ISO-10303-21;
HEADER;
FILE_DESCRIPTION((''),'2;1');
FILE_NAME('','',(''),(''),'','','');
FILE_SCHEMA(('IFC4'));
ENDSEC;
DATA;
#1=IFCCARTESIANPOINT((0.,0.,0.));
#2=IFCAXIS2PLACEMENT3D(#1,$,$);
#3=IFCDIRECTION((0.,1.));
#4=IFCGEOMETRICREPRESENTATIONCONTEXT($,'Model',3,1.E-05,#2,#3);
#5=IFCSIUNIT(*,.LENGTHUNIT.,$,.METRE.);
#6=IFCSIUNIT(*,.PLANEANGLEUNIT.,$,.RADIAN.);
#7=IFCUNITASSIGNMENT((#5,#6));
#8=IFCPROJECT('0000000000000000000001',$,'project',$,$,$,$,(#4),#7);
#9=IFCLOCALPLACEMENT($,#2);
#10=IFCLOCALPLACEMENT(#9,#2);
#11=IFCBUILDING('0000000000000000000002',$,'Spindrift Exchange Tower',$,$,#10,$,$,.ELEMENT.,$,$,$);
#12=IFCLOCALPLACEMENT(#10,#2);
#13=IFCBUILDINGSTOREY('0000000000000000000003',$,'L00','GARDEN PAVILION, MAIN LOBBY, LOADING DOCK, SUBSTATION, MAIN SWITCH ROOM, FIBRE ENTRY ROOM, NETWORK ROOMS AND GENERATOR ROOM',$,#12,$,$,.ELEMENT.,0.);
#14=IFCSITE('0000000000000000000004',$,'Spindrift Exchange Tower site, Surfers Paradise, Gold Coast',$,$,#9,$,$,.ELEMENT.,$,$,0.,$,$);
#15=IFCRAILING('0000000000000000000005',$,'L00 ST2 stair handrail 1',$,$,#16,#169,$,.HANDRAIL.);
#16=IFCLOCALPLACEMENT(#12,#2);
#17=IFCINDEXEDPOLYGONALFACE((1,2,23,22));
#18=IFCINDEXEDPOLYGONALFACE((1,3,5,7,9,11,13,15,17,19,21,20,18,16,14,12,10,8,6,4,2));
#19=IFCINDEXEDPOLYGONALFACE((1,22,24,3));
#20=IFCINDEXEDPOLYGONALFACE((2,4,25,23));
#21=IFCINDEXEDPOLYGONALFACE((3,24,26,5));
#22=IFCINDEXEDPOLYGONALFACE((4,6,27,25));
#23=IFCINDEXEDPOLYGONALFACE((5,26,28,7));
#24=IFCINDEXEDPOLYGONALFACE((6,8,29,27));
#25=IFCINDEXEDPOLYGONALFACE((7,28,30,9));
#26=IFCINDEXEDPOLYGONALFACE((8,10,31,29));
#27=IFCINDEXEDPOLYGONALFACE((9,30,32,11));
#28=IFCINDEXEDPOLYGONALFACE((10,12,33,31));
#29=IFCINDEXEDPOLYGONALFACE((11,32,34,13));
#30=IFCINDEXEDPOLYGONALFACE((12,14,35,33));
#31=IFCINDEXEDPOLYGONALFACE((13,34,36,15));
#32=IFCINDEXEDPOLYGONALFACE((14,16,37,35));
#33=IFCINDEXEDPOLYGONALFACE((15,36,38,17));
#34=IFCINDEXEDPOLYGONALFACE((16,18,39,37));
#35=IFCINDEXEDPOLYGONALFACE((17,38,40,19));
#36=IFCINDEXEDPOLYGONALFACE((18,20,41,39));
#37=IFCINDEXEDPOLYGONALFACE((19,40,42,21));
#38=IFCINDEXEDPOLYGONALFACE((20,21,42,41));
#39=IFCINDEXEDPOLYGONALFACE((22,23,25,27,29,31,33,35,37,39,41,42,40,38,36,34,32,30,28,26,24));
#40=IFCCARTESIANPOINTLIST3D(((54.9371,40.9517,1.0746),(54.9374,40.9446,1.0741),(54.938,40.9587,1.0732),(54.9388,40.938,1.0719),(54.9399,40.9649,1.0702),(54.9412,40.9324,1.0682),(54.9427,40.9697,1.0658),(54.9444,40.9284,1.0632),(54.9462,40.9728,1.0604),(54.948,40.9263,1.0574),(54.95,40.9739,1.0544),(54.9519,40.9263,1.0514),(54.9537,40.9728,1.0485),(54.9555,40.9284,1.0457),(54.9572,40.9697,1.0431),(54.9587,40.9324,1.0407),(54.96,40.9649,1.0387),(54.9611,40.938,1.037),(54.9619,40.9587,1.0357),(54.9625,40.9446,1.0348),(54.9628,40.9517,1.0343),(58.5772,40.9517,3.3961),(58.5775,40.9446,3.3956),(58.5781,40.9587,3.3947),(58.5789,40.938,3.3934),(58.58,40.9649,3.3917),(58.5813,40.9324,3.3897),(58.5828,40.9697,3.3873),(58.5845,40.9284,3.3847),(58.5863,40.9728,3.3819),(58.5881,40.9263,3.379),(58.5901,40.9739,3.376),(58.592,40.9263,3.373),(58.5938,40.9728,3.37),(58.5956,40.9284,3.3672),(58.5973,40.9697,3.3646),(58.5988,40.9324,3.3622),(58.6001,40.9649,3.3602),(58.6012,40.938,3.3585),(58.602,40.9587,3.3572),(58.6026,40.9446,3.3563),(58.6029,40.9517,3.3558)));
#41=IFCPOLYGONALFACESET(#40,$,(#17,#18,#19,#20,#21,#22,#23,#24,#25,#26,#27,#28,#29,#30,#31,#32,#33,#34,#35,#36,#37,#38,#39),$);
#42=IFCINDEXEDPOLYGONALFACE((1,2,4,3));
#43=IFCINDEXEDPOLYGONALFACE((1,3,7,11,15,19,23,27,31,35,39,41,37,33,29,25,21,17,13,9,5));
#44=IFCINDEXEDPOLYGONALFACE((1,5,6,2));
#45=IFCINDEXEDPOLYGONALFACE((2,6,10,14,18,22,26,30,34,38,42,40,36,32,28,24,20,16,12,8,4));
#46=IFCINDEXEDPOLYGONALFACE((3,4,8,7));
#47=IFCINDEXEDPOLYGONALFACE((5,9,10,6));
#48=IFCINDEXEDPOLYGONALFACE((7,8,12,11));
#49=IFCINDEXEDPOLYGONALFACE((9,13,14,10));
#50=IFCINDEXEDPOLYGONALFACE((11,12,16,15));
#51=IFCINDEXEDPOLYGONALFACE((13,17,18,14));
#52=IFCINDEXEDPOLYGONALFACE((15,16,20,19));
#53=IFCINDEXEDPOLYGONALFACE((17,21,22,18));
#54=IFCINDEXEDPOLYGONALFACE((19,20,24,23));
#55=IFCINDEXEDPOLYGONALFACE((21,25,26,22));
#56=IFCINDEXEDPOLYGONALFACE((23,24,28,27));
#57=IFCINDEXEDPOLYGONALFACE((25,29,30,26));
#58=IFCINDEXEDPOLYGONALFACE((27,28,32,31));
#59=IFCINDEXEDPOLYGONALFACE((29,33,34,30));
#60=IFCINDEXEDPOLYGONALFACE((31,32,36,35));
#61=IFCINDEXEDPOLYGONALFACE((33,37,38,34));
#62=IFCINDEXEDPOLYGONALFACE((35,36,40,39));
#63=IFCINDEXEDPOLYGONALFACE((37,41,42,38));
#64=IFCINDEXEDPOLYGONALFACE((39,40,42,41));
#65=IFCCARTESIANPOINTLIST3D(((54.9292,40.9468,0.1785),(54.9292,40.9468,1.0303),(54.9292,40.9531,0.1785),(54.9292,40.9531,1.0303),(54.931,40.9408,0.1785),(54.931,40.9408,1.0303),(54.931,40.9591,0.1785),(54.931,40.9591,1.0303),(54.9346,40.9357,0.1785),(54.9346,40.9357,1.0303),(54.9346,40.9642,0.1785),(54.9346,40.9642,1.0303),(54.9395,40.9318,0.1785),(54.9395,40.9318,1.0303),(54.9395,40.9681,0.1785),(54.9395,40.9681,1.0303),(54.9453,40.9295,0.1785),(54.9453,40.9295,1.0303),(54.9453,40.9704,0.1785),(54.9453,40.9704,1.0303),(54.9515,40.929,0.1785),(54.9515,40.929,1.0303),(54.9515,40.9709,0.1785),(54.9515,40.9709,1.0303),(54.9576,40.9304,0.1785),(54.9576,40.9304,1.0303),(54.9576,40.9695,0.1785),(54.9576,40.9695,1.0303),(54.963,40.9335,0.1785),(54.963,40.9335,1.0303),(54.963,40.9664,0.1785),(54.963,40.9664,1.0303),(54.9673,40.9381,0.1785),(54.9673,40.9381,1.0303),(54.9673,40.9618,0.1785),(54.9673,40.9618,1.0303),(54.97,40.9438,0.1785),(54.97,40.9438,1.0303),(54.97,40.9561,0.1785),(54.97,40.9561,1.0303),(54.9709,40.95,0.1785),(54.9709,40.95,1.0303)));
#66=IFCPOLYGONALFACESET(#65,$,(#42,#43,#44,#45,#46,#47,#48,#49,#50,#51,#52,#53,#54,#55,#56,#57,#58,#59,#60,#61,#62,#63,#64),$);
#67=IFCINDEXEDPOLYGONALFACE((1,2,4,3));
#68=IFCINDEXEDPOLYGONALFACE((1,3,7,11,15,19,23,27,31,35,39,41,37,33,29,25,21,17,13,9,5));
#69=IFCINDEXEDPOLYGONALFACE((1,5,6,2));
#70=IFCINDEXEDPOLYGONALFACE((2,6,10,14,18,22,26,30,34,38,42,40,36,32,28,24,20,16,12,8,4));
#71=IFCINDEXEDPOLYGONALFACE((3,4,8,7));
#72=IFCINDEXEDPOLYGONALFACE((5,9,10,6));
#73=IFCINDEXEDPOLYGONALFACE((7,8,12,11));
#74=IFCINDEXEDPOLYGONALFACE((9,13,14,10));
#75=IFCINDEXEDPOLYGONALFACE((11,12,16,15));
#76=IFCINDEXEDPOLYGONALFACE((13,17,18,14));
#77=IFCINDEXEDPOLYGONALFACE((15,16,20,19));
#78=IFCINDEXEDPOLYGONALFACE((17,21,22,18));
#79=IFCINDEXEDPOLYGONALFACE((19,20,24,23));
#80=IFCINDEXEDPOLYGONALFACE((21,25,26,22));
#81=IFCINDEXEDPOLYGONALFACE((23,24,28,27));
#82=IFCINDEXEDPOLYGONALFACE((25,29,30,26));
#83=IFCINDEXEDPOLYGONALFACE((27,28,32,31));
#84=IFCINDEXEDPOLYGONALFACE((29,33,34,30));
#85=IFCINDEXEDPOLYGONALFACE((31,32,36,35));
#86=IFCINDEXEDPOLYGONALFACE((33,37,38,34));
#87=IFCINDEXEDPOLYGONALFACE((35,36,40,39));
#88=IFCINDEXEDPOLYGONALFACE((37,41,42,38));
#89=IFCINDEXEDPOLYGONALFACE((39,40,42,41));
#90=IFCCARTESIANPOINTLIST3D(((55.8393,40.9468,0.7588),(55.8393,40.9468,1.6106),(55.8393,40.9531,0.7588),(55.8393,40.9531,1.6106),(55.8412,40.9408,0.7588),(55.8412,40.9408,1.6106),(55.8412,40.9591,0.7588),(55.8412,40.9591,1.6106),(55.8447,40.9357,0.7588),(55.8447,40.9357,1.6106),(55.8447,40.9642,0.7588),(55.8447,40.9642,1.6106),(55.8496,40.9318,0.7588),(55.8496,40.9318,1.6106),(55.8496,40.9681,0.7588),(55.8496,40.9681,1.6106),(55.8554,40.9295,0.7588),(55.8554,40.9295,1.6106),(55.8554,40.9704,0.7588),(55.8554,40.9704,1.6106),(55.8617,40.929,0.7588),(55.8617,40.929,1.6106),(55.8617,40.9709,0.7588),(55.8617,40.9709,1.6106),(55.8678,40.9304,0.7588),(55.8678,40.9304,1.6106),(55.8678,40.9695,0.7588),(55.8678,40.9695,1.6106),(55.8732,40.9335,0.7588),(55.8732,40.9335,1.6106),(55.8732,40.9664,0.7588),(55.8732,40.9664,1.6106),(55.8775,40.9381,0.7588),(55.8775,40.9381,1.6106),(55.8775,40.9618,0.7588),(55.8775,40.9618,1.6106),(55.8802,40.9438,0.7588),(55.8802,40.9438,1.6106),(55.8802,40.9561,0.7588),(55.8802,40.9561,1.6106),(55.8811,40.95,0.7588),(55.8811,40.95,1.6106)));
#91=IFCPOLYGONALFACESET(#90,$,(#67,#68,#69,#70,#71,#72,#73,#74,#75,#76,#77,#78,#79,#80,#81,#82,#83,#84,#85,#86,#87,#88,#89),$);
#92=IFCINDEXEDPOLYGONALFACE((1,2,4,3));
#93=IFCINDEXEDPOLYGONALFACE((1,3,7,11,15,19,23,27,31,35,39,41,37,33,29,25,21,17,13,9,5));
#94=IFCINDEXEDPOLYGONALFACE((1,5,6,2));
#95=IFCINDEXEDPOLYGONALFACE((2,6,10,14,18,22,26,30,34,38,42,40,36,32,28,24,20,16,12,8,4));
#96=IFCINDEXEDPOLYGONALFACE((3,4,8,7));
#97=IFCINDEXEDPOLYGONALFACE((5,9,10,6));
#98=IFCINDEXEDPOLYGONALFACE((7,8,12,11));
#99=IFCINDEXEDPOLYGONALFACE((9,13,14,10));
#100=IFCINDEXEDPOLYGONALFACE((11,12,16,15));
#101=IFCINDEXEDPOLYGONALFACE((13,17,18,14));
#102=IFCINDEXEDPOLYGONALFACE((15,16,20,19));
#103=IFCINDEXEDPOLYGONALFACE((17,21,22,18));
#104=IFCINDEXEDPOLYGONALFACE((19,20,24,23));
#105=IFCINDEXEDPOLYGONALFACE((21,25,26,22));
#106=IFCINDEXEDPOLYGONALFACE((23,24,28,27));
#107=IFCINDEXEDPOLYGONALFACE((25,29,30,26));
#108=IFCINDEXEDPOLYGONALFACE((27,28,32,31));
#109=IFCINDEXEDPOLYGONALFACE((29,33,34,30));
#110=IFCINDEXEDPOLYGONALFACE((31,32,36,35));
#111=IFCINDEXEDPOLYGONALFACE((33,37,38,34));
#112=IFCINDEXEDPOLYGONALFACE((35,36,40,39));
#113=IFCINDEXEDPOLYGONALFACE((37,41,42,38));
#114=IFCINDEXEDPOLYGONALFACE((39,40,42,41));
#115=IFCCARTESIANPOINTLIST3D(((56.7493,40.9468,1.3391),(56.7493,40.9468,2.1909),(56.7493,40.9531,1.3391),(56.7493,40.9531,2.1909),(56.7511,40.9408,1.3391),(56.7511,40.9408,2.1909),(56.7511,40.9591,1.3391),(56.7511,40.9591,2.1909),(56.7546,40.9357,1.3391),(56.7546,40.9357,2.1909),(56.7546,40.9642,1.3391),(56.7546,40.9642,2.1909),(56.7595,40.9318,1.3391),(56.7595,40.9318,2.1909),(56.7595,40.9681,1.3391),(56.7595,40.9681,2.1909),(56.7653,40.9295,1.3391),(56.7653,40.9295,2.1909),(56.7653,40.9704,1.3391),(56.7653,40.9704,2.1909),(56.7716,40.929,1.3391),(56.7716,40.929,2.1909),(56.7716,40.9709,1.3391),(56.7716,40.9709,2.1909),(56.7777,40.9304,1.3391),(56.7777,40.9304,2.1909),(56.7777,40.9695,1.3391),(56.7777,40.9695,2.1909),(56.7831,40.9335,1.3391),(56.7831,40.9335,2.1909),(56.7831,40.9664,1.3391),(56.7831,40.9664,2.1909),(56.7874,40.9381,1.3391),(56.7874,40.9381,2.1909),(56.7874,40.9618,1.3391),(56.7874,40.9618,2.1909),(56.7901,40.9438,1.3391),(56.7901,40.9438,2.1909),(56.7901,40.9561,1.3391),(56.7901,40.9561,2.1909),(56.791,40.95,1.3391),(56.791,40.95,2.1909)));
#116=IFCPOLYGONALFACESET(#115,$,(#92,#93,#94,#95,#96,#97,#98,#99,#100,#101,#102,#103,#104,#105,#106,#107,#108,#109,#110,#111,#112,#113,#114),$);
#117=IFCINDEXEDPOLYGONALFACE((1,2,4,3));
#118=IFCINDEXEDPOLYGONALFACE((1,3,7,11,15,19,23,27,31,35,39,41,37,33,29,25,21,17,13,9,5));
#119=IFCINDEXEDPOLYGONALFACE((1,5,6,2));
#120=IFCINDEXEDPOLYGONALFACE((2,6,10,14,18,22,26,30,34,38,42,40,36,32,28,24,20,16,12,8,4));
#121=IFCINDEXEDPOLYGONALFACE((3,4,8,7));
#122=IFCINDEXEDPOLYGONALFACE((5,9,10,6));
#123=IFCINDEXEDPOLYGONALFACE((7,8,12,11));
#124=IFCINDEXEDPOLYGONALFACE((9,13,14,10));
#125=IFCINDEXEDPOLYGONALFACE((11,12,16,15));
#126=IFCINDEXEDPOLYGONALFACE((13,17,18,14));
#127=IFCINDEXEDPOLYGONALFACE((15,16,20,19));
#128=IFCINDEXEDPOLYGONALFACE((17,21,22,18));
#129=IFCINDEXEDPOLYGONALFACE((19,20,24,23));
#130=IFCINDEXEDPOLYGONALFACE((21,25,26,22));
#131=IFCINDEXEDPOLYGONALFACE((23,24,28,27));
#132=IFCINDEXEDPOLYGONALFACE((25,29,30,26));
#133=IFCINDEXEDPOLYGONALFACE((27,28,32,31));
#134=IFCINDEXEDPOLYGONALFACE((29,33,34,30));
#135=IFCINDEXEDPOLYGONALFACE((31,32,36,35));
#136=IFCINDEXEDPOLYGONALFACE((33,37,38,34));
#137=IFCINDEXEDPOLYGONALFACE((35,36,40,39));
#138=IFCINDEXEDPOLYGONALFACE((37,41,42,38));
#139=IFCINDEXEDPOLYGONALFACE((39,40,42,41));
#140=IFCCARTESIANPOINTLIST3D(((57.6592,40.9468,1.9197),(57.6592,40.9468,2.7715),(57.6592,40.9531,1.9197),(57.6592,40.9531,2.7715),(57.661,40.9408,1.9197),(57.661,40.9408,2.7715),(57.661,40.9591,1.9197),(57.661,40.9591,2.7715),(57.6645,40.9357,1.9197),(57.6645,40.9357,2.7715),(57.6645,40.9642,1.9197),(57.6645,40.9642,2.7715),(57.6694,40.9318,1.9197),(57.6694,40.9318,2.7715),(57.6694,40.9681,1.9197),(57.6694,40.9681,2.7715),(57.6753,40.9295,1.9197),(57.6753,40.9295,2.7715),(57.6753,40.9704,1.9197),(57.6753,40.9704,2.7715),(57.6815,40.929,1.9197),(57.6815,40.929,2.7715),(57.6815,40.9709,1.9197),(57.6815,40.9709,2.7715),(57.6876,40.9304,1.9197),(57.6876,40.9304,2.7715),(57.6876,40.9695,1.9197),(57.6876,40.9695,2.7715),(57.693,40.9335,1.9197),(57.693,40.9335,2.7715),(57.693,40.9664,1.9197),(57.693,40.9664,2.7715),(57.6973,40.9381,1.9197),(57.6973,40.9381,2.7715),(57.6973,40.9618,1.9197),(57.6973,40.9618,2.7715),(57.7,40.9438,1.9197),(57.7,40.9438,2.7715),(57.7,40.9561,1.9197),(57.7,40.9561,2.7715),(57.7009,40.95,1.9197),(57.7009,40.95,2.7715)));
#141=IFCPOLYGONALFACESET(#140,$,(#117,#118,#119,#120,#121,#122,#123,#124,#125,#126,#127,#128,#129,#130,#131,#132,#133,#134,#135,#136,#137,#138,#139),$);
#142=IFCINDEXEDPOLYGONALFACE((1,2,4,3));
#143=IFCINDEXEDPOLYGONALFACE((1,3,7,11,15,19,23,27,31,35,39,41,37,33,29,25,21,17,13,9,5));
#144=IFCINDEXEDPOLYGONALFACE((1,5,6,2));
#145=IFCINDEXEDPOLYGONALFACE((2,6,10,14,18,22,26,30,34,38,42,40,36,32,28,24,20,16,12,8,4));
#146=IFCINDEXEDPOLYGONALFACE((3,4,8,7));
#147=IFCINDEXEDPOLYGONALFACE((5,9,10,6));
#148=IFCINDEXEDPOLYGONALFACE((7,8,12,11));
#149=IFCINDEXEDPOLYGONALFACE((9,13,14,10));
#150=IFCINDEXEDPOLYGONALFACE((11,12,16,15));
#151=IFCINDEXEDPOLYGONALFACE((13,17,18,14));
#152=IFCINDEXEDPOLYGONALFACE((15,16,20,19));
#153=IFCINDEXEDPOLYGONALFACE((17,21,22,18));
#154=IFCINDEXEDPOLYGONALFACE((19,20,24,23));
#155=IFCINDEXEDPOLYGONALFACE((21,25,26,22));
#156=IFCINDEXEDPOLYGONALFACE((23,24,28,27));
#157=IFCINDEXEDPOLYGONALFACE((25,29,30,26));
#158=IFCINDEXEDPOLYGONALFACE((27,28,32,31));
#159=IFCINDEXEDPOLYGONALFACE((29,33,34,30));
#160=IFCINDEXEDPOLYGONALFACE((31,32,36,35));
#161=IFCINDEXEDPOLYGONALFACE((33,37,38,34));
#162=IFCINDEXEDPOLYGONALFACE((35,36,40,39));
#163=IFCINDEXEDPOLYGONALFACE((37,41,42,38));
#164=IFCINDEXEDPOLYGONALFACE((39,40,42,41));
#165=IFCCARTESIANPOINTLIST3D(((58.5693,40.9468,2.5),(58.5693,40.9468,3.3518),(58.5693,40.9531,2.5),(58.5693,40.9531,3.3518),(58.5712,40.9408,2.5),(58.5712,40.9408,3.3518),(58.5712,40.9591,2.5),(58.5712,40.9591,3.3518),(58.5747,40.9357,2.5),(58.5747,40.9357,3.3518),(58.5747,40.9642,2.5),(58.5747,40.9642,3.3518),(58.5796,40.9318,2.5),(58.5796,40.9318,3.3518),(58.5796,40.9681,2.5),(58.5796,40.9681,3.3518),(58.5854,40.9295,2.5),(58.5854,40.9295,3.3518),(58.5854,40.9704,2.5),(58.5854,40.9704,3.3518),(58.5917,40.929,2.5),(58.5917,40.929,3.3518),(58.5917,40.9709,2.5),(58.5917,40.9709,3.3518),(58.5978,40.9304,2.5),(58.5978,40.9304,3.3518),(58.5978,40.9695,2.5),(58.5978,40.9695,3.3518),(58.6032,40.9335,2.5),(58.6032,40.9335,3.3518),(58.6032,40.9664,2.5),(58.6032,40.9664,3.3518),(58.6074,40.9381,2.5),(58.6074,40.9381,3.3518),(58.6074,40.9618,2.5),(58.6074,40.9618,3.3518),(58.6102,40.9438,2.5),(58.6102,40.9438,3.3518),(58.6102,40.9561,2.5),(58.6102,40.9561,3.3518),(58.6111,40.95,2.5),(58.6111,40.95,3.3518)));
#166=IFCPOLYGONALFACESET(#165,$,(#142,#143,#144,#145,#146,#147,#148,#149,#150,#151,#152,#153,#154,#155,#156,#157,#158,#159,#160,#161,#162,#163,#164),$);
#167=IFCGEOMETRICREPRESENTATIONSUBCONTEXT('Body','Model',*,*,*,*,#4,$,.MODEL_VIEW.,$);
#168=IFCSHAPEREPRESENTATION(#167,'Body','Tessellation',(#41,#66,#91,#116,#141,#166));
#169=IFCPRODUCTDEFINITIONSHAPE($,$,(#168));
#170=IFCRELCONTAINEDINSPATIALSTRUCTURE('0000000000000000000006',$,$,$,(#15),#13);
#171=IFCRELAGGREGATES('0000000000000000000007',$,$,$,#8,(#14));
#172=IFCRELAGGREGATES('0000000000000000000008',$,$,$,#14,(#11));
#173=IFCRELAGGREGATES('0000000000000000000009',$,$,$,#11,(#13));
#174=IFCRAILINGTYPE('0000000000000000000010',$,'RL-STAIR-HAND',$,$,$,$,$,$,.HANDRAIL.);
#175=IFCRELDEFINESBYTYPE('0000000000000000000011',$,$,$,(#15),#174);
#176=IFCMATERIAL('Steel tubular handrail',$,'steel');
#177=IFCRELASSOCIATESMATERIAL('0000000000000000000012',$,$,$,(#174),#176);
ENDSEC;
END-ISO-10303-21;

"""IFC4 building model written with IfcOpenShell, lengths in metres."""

from ifc_helpers import new_model, si_unit, direction, frame, origin, origin_2d, place, context, subcontext, project, spatial, circle, extrude, material, type_object, element, save


model = new_model("IFC4")

# Units and contexts
model_context = context("Model", 3, precision=1e-05, world=origin(), true_north=direction((0.0, 1.0)))
body_context = subcontext(model_context, "Body", "Model", "MODEL_VIEW")
ifc_project = project(units=[si_unit("LENGTHUNIT", "METRE"), si_unit("PLANEANGLEUNIT", "RADIAN")], contexts=[model_context])

# Site, building, storey
site_placement = place(None, origin())
site = spatial("IfcSite", under=ifc_project, at=site_placement, Name="Spindrift Exchange Tower site, Surfers Paradise, Gold Coast", CompositionType="ELEMENT", RefElevation=0.0)
building_placement = place(site_placement, origin())
building = spatial("IfcBuilding", under=site, at=building_placement, Name="Spindrift Exchange Tower", CompositionType="ELEMENT")
storey_placement = place(building_placement, origin())
storey = spatial("IfcBuildingStorey", under=building, at=storey_placement, Name="L00", Description="GARDEN PAVILION, MAIN LOBBY, LOADING DOCK, SUBSTATION, MAIN SWITCH ROOM, FIBRE ENTRY ROOM, NETWORK ROOMS AND GENERATOR ROOM", CompositionType="ELEMENT", Elevation=0.0)

# Railing
ifc_material_1 = material(Name="Steel tubular handrail", Category="steel")
railing_type_1 = type_object("IfcRailingType", Name="RL-STAIR-HAND", PredefinedType="HANDRAIL", material=ifc_material_1)
railing_1_placement = place(storey_placement, frame((54.95, 40.95, 0.1785)))
element("IfcRailing", 1, at=railing_1_placement, inside=storey, type_object=railing_type_1, Name="L00 ST2 stair handrail 1", PredefinedType="HANDRAIL", context=body_context, shape_type="SweptSolid", body=[
    extrude(circle(Radius=0.0239, at=origin_2d()), frame((0.0, 0.0, 0.876), z_axis=(0.843128, 0.0, 0.537713), x_axis=(0.0, 1.0, 0.0)), (0.0, 0.0, 1.0), 4.3174),
    extrude(circle(Radius=0.021, at=origin_2d()), origin(), (0.0, 0.0, 1.0), 0.8518),
    extrude(circle(Radius=0.021, at=origin_2d()), frame((0.9102, 0.0, 0.5803)), (0.0, 0.0, 1.0), 0.8518),
    extrude(circle(Radius=0.021, at=origin_2d()), frame((1.8201, 0.0, 1.1606)), (0.0, 0.0, 1.0), 0.8518),
    extrude(circle(Radius=0.021, at=origin_2d()), frame((2.73, 0.0, 1.7412)), (0.0, 0.0, 1.0), 0.8518),
    extrude(circle(Radius=0.021, at=origin_2d()), frame((3.6401, 0.0, 2.3215)), (0.0, 0.0, 1.0), 0.8518),
])

save(model, "model.ifc")
